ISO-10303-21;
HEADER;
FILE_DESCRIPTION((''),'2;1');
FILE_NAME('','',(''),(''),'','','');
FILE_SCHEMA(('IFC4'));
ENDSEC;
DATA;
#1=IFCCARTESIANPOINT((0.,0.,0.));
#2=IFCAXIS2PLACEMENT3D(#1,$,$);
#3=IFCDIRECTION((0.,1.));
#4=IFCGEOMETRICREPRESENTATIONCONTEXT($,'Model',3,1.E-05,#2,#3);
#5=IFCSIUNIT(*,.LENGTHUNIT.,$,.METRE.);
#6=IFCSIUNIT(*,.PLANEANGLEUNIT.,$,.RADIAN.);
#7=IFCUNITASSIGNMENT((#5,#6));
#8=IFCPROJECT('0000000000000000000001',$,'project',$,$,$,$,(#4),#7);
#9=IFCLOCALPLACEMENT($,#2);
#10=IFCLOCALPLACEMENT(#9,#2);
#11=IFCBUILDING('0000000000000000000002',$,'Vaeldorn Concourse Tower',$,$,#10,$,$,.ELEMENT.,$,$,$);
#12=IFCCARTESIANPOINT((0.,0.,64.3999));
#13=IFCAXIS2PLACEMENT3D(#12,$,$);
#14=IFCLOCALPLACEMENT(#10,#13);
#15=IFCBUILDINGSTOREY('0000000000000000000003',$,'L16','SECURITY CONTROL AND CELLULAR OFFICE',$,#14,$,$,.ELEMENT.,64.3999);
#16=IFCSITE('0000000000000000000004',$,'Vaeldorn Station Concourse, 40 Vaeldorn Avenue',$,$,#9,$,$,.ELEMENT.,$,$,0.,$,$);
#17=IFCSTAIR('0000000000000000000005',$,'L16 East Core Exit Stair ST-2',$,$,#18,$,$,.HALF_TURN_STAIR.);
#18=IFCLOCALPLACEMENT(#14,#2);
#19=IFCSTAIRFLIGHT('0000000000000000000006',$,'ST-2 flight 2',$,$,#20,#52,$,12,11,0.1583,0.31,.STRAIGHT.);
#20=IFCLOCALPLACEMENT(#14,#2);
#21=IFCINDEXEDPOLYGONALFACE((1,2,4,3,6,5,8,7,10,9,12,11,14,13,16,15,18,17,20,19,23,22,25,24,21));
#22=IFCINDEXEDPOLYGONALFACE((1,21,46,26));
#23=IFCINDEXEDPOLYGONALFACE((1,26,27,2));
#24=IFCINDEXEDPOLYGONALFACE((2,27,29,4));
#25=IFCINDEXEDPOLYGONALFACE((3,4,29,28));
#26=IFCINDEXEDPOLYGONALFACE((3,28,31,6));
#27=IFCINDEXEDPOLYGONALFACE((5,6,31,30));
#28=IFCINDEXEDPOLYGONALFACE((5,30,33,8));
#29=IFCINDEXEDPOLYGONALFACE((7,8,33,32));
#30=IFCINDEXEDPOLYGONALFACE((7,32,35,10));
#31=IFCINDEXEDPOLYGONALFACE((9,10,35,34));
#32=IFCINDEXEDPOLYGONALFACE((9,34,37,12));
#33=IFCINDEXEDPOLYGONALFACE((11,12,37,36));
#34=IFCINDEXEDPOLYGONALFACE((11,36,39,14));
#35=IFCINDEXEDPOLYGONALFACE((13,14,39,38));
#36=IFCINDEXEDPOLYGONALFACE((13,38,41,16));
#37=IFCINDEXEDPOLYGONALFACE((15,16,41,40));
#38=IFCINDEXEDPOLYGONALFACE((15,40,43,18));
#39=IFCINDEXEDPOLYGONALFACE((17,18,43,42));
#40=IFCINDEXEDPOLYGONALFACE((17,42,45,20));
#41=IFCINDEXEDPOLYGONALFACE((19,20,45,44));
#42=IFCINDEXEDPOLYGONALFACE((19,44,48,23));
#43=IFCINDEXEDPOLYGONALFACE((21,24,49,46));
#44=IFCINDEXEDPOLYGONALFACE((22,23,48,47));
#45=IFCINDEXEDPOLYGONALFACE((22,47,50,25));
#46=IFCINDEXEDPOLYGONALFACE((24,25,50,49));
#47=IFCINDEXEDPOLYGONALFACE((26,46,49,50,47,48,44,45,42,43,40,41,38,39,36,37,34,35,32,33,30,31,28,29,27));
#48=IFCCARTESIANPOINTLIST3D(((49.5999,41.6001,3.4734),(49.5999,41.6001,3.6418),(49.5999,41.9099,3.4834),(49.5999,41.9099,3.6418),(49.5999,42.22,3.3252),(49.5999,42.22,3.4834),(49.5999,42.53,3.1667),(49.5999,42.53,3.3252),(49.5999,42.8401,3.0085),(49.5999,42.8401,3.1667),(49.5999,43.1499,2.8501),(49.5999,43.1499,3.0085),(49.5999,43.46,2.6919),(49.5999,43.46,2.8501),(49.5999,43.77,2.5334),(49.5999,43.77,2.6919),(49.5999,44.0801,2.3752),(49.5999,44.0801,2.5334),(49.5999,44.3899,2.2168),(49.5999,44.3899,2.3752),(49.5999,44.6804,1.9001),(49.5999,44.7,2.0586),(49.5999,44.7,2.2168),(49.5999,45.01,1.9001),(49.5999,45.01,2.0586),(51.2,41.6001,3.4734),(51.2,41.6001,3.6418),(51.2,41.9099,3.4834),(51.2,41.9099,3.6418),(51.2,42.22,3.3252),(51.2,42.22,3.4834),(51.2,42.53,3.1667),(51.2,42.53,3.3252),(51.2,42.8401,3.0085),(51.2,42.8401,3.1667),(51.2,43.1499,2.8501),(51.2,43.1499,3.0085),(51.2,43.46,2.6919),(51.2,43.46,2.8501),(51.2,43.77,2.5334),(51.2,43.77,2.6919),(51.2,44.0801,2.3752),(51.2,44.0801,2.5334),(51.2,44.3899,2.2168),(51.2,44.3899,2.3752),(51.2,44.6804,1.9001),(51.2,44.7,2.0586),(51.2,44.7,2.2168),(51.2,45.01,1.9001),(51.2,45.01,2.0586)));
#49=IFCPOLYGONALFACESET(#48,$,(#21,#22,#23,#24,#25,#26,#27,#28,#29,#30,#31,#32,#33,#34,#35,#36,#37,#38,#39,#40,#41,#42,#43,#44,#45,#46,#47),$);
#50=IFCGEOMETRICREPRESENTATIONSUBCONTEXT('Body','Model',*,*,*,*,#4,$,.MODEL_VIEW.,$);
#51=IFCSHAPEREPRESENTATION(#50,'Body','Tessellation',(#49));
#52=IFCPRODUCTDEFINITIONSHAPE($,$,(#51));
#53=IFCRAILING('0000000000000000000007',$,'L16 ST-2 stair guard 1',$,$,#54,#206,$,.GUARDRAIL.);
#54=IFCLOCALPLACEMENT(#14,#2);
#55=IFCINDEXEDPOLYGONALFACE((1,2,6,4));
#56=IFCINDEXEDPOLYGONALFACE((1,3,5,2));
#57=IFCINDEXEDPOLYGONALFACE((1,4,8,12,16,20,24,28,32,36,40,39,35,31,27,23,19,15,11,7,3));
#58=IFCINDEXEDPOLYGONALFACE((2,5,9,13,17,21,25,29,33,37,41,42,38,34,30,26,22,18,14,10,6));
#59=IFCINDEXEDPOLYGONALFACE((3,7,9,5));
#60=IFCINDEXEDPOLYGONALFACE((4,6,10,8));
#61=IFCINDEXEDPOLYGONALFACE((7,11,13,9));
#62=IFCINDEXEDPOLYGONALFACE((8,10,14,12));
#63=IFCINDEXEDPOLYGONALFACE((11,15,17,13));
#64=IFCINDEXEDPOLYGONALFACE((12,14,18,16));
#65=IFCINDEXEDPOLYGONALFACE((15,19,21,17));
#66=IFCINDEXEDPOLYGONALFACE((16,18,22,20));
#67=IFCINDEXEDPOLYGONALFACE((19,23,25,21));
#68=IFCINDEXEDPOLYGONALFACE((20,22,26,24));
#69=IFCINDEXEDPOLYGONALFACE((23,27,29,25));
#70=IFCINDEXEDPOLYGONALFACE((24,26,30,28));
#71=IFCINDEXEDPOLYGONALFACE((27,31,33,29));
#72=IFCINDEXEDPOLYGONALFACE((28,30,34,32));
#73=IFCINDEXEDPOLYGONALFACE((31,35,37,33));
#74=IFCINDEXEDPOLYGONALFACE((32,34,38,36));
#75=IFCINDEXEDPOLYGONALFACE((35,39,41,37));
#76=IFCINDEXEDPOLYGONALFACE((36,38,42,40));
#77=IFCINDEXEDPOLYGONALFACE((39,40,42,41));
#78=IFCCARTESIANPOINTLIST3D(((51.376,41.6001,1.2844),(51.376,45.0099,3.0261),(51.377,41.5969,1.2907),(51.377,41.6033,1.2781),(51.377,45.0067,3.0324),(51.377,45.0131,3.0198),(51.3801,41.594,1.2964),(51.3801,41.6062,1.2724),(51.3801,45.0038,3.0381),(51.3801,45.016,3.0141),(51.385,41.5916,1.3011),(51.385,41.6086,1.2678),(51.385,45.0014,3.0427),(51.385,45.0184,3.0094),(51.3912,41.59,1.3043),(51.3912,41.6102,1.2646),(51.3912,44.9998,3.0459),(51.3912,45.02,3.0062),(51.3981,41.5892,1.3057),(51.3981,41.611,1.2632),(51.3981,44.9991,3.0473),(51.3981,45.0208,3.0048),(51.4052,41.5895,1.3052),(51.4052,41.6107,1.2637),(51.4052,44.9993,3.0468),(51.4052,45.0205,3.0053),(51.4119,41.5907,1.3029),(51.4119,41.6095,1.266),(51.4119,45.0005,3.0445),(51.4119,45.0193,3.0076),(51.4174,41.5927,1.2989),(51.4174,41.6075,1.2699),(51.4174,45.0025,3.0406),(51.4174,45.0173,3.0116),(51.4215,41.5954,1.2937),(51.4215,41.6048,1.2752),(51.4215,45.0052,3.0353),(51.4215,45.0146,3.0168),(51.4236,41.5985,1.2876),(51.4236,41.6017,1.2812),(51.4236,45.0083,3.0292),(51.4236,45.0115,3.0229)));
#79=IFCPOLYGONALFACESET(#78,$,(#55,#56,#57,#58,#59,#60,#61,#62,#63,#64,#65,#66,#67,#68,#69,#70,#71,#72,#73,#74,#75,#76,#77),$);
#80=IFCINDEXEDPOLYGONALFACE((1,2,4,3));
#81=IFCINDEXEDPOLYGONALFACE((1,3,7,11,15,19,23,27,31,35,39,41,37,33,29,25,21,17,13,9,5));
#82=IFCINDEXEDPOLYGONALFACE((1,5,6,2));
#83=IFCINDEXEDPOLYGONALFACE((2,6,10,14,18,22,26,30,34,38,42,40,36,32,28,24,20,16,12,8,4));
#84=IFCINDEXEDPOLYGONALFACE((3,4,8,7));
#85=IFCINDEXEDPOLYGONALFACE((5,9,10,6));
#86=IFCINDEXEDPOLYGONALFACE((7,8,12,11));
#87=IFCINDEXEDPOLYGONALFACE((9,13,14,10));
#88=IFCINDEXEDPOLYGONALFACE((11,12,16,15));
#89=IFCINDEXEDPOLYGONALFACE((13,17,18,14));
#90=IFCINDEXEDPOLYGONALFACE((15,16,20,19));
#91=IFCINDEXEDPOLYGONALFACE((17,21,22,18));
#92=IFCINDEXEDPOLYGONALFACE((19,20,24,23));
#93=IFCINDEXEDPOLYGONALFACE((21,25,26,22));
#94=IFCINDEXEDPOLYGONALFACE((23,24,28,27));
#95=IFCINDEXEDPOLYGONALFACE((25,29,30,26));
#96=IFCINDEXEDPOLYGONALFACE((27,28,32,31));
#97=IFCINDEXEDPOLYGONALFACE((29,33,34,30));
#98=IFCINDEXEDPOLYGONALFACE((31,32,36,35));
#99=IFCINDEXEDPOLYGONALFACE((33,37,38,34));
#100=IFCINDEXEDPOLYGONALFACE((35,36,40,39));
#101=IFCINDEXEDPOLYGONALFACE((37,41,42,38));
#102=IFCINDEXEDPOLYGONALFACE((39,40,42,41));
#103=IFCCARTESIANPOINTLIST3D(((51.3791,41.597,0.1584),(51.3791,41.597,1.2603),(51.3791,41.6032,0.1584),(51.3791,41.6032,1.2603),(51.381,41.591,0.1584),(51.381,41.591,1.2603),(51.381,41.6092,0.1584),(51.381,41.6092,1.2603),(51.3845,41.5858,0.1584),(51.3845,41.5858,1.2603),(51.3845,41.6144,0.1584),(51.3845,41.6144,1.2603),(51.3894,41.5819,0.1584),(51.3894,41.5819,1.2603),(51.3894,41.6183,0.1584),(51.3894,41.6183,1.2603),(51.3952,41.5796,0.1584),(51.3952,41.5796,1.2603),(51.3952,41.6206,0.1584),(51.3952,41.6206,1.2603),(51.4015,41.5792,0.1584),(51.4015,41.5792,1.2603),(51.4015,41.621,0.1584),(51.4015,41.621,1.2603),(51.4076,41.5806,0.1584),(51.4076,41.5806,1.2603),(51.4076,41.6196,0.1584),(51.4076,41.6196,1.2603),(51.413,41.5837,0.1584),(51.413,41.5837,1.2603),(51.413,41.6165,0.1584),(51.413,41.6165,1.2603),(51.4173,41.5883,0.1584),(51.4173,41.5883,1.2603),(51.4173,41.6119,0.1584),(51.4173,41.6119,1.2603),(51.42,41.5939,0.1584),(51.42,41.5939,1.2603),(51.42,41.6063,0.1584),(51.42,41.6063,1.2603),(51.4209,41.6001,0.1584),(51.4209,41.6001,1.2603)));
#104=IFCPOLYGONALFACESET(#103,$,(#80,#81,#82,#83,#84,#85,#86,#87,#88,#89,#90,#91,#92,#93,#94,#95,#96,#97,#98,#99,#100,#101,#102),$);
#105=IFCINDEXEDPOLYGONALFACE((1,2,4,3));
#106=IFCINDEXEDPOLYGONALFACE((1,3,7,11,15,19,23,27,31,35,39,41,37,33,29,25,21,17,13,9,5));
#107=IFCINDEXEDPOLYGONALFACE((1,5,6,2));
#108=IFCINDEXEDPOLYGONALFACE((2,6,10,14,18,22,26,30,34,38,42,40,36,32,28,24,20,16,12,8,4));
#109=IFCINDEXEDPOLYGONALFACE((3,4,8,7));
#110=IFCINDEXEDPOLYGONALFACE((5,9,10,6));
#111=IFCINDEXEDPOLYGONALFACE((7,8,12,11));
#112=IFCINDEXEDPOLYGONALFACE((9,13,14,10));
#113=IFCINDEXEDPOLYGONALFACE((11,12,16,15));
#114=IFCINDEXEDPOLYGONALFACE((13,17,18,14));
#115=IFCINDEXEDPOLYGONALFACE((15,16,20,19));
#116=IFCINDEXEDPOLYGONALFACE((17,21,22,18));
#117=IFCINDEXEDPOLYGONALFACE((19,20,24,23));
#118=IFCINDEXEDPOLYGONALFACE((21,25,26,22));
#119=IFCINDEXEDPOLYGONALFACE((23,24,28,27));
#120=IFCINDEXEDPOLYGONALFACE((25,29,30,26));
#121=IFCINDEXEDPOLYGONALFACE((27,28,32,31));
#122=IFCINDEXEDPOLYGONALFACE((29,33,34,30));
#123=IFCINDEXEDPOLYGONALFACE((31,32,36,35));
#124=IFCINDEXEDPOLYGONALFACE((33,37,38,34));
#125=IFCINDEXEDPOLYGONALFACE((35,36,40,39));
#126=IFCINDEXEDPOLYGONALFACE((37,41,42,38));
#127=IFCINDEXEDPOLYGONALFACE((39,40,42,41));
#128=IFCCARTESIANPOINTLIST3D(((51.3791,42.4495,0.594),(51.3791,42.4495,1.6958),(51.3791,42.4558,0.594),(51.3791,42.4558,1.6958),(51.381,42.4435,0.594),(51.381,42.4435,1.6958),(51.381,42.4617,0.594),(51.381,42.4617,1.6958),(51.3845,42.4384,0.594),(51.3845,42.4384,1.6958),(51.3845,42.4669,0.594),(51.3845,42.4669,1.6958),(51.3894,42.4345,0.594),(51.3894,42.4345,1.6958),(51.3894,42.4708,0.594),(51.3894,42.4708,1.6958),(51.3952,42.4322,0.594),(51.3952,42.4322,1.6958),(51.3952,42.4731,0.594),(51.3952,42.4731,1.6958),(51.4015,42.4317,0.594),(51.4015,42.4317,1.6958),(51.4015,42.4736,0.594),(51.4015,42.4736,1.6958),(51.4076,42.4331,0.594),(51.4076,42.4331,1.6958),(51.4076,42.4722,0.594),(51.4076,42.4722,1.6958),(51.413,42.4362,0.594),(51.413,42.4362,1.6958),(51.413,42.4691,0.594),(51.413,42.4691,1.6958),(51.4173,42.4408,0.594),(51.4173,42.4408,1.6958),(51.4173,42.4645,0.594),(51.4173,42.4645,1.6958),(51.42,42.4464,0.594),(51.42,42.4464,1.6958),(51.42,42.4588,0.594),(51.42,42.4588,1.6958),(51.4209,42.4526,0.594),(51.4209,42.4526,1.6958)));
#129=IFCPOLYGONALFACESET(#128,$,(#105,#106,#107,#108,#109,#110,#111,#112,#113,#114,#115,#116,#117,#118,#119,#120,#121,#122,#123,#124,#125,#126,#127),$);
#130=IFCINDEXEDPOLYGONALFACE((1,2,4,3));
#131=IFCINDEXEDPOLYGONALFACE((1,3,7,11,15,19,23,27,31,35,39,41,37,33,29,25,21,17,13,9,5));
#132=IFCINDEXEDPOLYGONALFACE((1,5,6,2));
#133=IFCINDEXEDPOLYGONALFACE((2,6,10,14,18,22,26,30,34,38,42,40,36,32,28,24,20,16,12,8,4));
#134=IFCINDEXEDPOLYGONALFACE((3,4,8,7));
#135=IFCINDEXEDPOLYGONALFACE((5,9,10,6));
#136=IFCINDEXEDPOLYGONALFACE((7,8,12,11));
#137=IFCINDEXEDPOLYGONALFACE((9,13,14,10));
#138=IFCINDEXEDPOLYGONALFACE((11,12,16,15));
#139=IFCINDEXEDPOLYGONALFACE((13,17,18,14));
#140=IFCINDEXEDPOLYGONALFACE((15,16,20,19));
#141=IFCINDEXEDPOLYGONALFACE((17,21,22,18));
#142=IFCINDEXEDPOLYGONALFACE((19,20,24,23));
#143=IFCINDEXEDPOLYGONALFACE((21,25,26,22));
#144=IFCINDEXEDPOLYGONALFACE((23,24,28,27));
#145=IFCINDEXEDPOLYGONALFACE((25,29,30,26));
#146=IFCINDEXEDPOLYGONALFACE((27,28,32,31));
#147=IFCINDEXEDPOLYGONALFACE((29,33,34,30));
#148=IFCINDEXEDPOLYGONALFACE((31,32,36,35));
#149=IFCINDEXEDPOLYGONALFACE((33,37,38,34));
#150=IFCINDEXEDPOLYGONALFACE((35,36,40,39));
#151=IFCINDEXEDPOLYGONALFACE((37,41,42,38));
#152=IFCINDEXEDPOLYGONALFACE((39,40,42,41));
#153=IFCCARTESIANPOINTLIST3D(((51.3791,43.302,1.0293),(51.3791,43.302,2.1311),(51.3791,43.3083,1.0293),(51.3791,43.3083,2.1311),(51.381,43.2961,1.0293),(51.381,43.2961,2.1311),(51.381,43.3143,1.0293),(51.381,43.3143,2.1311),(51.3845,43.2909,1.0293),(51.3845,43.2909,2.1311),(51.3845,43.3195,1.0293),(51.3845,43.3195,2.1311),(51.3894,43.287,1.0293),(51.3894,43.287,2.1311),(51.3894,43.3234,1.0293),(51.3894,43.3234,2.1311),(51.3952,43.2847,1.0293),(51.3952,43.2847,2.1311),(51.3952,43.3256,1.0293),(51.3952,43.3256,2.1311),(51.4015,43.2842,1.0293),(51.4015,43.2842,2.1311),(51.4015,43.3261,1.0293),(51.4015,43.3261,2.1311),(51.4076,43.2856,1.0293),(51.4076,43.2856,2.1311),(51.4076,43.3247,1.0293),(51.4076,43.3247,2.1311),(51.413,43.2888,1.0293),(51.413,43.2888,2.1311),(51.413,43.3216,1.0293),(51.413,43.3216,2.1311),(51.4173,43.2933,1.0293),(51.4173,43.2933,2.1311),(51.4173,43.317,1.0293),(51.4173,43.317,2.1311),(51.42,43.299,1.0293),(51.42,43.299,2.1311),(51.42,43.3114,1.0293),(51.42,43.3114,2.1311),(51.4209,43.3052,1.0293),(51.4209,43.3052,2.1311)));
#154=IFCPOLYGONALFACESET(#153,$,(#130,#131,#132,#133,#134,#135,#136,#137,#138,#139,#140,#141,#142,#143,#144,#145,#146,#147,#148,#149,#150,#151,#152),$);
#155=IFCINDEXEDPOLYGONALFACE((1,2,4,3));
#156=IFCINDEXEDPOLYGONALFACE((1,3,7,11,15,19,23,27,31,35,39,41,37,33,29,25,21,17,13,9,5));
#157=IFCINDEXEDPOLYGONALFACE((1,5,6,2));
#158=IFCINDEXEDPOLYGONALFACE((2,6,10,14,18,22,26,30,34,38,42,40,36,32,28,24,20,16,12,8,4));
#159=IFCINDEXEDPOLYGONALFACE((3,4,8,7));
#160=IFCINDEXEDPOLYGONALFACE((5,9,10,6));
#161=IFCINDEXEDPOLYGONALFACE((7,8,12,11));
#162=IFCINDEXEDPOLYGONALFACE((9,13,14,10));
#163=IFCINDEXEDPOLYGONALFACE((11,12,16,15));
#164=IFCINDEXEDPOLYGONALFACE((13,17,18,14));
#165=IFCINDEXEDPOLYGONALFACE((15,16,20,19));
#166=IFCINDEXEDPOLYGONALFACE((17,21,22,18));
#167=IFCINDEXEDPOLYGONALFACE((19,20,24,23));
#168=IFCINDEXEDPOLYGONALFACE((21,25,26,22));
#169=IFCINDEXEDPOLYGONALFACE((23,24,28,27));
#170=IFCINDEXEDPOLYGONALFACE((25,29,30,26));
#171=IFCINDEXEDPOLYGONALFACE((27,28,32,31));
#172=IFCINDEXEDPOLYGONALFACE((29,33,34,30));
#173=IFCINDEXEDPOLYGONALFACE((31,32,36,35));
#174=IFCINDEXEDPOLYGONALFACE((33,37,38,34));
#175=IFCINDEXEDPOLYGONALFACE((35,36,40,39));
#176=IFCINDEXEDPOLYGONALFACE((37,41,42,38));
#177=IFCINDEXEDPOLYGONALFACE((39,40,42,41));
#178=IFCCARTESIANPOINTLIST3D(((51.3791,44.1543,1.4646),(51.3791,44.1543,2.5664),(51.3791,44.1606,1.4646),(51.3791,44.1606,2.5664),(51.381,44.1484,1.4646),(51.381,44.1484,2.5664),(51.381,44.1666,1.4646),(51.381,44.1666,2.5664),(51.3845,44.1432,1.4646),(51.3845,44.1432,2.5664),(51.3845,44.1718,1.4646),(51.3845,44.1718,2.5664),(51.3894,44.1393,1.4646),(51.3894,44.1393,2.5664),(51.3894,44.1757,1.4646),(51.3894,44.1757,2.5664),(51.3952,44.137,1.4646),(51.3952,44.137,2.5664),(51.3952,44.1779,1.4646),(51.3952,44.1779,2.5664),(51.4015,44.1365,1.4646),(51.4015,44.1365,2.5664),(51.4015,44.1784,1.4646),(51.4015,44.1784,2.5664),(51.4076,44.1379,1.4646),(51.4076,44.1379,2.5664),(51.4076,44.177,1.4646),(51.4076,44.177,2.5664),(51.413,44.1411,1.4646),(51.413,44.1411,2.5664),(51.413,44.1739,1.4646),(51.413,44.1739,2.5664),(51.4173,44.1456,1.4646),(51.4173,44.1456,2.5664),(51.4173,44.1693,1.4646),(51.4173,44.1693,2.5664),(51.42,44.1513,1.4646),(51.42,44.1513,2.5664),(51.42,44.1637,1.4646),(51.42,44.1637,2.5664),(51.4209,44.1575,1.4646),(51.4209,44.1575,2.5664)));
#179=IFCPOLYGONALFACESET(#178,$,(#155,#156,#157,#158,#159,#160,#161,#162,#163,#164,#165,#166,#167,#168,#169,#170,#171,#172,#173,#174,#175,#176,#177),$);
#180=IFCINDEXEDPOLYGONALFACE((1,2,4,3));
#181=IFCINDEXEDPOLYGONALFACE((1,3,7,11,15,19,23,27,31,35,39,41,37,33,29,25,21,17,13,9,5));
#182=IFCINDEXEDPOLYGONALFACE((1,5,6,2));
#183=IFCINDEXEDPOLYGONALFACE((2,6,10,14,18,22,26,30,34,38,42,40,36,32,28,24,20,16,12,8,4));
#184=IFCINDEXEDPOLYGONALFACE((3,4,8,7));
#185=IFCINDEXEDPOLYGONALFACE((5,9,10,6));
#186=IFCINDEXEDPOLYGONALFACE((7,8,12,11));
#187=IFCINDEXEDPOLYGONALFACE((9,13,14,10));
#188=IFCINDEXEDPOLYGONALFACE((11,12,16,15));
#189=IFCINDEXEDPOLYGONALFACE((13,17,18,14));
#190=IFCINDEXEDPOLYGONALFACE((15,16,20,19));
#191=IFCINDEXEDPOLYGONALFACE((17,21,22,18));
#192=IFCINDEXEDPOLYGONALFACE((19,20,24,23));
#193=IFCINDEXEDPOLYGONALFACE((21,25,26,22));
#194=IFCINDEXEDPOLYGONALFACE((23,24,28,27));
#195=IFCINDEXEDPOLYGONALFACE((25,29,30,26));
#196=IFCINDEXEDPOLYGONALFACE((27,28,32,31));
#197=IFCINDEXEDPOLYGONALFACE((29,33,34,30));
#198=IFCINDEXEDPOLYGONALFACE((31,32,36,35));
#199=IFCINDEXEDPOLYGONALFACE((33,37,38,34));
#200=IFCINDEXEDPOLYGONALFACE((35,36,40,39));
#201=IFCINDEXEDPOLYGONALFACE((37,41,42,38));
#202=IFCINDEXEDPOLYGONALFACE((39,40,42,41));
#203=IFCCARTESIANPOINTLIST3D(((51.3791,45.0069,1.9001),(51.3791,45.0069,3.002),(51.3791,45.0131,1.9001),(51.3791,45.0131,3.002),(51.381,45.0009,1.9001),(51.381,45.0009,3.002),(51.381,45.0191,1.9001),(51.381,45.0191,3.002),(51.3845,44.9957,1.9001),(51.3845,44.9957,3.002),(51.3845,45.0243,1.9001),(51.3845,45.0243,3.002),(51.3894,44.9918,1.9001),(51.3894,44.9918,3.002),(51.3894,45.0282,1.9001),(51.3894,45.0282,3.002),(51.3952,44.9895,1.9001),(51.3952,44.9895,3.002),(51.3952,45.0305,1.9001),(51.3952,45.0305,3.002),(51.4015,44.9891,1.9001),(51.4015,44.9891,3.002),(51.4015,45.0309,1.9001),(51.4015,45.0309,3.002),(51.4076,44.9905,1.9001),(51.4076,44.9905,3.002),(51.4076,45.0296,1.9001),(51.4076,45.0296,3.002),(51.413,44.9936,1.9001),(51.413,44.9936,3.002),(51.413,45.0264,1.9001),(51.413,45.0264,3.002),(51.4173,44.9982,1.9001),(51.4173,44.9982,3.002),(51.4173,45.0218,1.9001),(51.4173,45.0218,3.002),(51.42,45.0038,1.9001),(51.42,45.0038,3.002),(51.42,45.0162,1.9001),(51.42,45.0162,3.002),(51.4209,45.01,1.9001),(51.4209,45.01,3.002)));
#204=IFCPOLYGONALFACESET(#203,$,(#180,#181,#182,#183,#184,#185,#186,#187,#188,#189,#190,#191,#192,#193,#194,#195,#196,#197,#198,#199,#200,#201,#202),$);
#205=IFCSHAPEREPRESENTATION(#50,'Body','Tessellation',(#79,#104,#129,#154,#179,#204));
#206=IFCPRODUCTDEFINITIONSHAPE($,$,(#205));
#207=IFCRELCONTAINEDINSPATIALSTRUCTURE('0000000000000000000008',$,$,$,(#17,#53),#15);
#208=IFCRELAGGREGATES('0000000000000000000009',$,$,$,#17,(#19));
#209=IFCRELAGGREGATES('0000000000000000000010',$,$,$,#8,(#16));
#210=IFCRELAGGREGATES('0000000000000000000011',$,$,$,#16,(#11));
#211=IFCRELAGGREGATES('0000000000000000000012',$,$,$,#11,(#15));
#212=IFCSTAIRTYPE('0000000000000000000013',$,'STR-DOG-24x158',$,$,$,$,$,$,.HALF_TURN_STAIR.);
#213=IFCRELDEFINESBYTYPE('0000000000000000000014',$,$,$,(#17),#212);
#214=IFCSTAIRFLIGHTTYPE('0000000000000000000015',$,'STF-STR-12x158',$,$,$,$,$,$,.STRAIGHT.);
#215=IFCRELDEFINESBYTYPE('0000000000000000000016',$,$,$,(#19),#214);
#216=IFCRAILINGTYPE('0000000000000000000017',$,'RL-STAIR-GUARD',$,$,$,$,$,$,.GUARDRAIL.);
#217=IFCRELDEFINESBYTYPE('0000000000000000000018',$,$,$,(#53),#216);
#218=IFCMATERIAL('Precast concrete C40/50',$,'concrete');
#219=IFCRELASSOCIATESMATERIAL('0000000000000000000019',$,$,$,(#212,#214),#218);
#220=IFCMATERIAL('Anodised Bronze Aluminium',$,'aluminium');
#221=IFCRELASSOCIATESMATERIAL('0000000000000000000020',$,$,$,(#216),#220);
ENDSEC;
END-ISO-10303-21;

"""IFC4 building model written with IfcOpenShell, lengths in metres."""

from ifc_helpers import new_model, si_unit, direction, frame, origin, origin_2d, place, context, subcontext, project, spatial, polyline, circle, outline, extrude, material, type_object, element, aggregate, save


model = new_model("IFC4")

# Units and contexts
model_context = context("Model", 3, precision=1e-05, world=origin(), true_north=direction((0.0, 1.0)))
body_context = subcontext(model_context, "Body", "Model", "MODEL_VIEW")
ifc_project = project(units=[si_unit("LENGTHUNIT", "METRE"), si_unit("PLANEANGLEUNIT", "RADIAN")], contexts=[model_context])

# Site, building, storey
site_placement = place(None, origin())
site = spatial("IfcSite", under=ifc_project, at=site_placement, Name="Vaeldorn Station Concourse, 40 Vaeldorn Avenue", CompositionType="ELEMENT", RefElevation=0.0)
building_placement = place(site_placement, origin())
building = spatial("IfcBuilding", under=site, at=building_placement, Name="Vaeldorn Concourse Tower", CompositionType="ELEMENT")
storey_placement = place(building_placement, frame((0.0, 0.0, 64.3999)))
storey = spatial("IfcBuildingStorey", under=building, at=storey_placement, Name="L16", Description="SECURITY CONTROL AND CELLULAR OFFICE", CompositionType="ELEMENT", Elevation=64.3999)

# Shared definitions
ifc_material_1 = material(Name="Anodised Bronze Aluminium", Category="aluminium")

# Stair, stair flight
ifc_material_2 = material(Name="Precast concrete C40/50", Category="concrete")
stair_type = type_object("IfcStairType", Name="STR-DOG-24x158", PredefinedType="HALF_TURN_STAIR", material=ifc_material_2)
stair_placement = place(storey_placement, origin())
stair = element("IfcStair", 1, at=stair_placement, inside=storey, type_object=stair_type, Name="L16 East Core Exit Stair ST-2", PredefinedType="HALF_TURN_STAIR")
stair_flight_type = type_object("IfcStairFlightType", Name="STF-STR-12x158", PredefinedType="STRAIGHT", material=ifc_material_2)
stair_flight_1_placement = place(storey_placement, frame((50.3999, 45.01, 1.9001), z_axis=(0.0, 0.0, 1.0), x_axis=(0.0, -1.0, 0.0)))
stair_flight_1 = element("IfcStairFlight", 2, at=stair_flight_1_placement, type_object=stair_flight_type, Name="ST-2 flight 2", NumberOfRisers=12, NumberOfTreads=11, PredefinedType="STRAIGHT", RiserHeight=0.1583, TreadLength=0.31, context=body_context, shape_type="SweptSolid", body=[
    extrude(outline(polyline([(0.0, 0.0), (0.0, 0.1584), (0.3101, 0.1584), (0.3101, 0.3167), (0.6201, 0.3167), (0.6201, 0.4751), (0.9299, 0.4751), (0.9299, 0.6333), (1.24, 0.6333), (1.24, 0.7917), (1.55, 0.7917), (1.55, 0.95), (1.8601, 0.95), (1.8601, 1.1084), (2.1699, 1.1084), (2.1699, 1.2666), (2.48, 1.2666), (2.48, 1.425), (2.79, 1.425), (2.79, 1.5833), (3.1001, 1.5833), (3.1001, 1.7417), (3.4099, 1.7417), (3.4099, 1.8999), (3.4099, 1.5732), (0.3296, 0.0), (0.0, 0.0)])), frame((0.0, 0.8, 0.0), z_axis=(0.0, -1.0, 0.0), x_axis=(1.0, 0.0, 0.0)), (0.0, 0.0, 1.0), 1.6001),
])
aggregate(stair, [stair_flight_1])

# Railing
railing_type_1 = type_object("IfcRailingType", Name="RL-STAIR-GUARD", PredefinedType="GUARDRAIL", material=ifc_material_1)
railing_1_placement = place(storey_placement, frame((51.3999, 41.6001, 0.1584)))
element("IfcRailing", 3, at=railing_1_placement, inside=storey, type_object=railing_type_1, Name="L16 ST-2 stair guard 1", PredefinedType="GUARDRAIL", context=body_context, shape_type="SweptSolid", body=[
    extrude(circle(Radius=0.0239, at=origin_2d()), frame((0.0, 0.0, 1.126), z_axis=(0.0, 0.890556, 0.454874), x_axis=(-1.0, 0.0, 0.0)), (0.0, 0.0, 1.0), 3.8289),
    extrude(circle(Radius=0.021, at=origin_2d()), origin(), (0.0, 0.0, 1.0), 1.1018),
    extrude(circle(Radius=0.021, at=origin_2d()), frame((0.0, 0.8525, 0.4355)), (0.0, 0.0, 1.0), 1.1018),
    extrude(circle(Radius=0.021, at=origin_2d()), frame((0.0, 1.7051, 0.8708)), (0.0, 0.0, 1.0), 1.1018),
    extrude(circle(Radius=0.021, at=origin_2d()), frame((0.0, 2.5574, 1.3062)), (0.0, 0.0, 1.0), 1.1018),
    extrude(circle(Radius=0.021, at=origin_2d()), frame((0.0, 3.4099, 1.7417)), (0.0, 0.0, 1.0), 1.1018),
])

save(model, "model.ifc")
